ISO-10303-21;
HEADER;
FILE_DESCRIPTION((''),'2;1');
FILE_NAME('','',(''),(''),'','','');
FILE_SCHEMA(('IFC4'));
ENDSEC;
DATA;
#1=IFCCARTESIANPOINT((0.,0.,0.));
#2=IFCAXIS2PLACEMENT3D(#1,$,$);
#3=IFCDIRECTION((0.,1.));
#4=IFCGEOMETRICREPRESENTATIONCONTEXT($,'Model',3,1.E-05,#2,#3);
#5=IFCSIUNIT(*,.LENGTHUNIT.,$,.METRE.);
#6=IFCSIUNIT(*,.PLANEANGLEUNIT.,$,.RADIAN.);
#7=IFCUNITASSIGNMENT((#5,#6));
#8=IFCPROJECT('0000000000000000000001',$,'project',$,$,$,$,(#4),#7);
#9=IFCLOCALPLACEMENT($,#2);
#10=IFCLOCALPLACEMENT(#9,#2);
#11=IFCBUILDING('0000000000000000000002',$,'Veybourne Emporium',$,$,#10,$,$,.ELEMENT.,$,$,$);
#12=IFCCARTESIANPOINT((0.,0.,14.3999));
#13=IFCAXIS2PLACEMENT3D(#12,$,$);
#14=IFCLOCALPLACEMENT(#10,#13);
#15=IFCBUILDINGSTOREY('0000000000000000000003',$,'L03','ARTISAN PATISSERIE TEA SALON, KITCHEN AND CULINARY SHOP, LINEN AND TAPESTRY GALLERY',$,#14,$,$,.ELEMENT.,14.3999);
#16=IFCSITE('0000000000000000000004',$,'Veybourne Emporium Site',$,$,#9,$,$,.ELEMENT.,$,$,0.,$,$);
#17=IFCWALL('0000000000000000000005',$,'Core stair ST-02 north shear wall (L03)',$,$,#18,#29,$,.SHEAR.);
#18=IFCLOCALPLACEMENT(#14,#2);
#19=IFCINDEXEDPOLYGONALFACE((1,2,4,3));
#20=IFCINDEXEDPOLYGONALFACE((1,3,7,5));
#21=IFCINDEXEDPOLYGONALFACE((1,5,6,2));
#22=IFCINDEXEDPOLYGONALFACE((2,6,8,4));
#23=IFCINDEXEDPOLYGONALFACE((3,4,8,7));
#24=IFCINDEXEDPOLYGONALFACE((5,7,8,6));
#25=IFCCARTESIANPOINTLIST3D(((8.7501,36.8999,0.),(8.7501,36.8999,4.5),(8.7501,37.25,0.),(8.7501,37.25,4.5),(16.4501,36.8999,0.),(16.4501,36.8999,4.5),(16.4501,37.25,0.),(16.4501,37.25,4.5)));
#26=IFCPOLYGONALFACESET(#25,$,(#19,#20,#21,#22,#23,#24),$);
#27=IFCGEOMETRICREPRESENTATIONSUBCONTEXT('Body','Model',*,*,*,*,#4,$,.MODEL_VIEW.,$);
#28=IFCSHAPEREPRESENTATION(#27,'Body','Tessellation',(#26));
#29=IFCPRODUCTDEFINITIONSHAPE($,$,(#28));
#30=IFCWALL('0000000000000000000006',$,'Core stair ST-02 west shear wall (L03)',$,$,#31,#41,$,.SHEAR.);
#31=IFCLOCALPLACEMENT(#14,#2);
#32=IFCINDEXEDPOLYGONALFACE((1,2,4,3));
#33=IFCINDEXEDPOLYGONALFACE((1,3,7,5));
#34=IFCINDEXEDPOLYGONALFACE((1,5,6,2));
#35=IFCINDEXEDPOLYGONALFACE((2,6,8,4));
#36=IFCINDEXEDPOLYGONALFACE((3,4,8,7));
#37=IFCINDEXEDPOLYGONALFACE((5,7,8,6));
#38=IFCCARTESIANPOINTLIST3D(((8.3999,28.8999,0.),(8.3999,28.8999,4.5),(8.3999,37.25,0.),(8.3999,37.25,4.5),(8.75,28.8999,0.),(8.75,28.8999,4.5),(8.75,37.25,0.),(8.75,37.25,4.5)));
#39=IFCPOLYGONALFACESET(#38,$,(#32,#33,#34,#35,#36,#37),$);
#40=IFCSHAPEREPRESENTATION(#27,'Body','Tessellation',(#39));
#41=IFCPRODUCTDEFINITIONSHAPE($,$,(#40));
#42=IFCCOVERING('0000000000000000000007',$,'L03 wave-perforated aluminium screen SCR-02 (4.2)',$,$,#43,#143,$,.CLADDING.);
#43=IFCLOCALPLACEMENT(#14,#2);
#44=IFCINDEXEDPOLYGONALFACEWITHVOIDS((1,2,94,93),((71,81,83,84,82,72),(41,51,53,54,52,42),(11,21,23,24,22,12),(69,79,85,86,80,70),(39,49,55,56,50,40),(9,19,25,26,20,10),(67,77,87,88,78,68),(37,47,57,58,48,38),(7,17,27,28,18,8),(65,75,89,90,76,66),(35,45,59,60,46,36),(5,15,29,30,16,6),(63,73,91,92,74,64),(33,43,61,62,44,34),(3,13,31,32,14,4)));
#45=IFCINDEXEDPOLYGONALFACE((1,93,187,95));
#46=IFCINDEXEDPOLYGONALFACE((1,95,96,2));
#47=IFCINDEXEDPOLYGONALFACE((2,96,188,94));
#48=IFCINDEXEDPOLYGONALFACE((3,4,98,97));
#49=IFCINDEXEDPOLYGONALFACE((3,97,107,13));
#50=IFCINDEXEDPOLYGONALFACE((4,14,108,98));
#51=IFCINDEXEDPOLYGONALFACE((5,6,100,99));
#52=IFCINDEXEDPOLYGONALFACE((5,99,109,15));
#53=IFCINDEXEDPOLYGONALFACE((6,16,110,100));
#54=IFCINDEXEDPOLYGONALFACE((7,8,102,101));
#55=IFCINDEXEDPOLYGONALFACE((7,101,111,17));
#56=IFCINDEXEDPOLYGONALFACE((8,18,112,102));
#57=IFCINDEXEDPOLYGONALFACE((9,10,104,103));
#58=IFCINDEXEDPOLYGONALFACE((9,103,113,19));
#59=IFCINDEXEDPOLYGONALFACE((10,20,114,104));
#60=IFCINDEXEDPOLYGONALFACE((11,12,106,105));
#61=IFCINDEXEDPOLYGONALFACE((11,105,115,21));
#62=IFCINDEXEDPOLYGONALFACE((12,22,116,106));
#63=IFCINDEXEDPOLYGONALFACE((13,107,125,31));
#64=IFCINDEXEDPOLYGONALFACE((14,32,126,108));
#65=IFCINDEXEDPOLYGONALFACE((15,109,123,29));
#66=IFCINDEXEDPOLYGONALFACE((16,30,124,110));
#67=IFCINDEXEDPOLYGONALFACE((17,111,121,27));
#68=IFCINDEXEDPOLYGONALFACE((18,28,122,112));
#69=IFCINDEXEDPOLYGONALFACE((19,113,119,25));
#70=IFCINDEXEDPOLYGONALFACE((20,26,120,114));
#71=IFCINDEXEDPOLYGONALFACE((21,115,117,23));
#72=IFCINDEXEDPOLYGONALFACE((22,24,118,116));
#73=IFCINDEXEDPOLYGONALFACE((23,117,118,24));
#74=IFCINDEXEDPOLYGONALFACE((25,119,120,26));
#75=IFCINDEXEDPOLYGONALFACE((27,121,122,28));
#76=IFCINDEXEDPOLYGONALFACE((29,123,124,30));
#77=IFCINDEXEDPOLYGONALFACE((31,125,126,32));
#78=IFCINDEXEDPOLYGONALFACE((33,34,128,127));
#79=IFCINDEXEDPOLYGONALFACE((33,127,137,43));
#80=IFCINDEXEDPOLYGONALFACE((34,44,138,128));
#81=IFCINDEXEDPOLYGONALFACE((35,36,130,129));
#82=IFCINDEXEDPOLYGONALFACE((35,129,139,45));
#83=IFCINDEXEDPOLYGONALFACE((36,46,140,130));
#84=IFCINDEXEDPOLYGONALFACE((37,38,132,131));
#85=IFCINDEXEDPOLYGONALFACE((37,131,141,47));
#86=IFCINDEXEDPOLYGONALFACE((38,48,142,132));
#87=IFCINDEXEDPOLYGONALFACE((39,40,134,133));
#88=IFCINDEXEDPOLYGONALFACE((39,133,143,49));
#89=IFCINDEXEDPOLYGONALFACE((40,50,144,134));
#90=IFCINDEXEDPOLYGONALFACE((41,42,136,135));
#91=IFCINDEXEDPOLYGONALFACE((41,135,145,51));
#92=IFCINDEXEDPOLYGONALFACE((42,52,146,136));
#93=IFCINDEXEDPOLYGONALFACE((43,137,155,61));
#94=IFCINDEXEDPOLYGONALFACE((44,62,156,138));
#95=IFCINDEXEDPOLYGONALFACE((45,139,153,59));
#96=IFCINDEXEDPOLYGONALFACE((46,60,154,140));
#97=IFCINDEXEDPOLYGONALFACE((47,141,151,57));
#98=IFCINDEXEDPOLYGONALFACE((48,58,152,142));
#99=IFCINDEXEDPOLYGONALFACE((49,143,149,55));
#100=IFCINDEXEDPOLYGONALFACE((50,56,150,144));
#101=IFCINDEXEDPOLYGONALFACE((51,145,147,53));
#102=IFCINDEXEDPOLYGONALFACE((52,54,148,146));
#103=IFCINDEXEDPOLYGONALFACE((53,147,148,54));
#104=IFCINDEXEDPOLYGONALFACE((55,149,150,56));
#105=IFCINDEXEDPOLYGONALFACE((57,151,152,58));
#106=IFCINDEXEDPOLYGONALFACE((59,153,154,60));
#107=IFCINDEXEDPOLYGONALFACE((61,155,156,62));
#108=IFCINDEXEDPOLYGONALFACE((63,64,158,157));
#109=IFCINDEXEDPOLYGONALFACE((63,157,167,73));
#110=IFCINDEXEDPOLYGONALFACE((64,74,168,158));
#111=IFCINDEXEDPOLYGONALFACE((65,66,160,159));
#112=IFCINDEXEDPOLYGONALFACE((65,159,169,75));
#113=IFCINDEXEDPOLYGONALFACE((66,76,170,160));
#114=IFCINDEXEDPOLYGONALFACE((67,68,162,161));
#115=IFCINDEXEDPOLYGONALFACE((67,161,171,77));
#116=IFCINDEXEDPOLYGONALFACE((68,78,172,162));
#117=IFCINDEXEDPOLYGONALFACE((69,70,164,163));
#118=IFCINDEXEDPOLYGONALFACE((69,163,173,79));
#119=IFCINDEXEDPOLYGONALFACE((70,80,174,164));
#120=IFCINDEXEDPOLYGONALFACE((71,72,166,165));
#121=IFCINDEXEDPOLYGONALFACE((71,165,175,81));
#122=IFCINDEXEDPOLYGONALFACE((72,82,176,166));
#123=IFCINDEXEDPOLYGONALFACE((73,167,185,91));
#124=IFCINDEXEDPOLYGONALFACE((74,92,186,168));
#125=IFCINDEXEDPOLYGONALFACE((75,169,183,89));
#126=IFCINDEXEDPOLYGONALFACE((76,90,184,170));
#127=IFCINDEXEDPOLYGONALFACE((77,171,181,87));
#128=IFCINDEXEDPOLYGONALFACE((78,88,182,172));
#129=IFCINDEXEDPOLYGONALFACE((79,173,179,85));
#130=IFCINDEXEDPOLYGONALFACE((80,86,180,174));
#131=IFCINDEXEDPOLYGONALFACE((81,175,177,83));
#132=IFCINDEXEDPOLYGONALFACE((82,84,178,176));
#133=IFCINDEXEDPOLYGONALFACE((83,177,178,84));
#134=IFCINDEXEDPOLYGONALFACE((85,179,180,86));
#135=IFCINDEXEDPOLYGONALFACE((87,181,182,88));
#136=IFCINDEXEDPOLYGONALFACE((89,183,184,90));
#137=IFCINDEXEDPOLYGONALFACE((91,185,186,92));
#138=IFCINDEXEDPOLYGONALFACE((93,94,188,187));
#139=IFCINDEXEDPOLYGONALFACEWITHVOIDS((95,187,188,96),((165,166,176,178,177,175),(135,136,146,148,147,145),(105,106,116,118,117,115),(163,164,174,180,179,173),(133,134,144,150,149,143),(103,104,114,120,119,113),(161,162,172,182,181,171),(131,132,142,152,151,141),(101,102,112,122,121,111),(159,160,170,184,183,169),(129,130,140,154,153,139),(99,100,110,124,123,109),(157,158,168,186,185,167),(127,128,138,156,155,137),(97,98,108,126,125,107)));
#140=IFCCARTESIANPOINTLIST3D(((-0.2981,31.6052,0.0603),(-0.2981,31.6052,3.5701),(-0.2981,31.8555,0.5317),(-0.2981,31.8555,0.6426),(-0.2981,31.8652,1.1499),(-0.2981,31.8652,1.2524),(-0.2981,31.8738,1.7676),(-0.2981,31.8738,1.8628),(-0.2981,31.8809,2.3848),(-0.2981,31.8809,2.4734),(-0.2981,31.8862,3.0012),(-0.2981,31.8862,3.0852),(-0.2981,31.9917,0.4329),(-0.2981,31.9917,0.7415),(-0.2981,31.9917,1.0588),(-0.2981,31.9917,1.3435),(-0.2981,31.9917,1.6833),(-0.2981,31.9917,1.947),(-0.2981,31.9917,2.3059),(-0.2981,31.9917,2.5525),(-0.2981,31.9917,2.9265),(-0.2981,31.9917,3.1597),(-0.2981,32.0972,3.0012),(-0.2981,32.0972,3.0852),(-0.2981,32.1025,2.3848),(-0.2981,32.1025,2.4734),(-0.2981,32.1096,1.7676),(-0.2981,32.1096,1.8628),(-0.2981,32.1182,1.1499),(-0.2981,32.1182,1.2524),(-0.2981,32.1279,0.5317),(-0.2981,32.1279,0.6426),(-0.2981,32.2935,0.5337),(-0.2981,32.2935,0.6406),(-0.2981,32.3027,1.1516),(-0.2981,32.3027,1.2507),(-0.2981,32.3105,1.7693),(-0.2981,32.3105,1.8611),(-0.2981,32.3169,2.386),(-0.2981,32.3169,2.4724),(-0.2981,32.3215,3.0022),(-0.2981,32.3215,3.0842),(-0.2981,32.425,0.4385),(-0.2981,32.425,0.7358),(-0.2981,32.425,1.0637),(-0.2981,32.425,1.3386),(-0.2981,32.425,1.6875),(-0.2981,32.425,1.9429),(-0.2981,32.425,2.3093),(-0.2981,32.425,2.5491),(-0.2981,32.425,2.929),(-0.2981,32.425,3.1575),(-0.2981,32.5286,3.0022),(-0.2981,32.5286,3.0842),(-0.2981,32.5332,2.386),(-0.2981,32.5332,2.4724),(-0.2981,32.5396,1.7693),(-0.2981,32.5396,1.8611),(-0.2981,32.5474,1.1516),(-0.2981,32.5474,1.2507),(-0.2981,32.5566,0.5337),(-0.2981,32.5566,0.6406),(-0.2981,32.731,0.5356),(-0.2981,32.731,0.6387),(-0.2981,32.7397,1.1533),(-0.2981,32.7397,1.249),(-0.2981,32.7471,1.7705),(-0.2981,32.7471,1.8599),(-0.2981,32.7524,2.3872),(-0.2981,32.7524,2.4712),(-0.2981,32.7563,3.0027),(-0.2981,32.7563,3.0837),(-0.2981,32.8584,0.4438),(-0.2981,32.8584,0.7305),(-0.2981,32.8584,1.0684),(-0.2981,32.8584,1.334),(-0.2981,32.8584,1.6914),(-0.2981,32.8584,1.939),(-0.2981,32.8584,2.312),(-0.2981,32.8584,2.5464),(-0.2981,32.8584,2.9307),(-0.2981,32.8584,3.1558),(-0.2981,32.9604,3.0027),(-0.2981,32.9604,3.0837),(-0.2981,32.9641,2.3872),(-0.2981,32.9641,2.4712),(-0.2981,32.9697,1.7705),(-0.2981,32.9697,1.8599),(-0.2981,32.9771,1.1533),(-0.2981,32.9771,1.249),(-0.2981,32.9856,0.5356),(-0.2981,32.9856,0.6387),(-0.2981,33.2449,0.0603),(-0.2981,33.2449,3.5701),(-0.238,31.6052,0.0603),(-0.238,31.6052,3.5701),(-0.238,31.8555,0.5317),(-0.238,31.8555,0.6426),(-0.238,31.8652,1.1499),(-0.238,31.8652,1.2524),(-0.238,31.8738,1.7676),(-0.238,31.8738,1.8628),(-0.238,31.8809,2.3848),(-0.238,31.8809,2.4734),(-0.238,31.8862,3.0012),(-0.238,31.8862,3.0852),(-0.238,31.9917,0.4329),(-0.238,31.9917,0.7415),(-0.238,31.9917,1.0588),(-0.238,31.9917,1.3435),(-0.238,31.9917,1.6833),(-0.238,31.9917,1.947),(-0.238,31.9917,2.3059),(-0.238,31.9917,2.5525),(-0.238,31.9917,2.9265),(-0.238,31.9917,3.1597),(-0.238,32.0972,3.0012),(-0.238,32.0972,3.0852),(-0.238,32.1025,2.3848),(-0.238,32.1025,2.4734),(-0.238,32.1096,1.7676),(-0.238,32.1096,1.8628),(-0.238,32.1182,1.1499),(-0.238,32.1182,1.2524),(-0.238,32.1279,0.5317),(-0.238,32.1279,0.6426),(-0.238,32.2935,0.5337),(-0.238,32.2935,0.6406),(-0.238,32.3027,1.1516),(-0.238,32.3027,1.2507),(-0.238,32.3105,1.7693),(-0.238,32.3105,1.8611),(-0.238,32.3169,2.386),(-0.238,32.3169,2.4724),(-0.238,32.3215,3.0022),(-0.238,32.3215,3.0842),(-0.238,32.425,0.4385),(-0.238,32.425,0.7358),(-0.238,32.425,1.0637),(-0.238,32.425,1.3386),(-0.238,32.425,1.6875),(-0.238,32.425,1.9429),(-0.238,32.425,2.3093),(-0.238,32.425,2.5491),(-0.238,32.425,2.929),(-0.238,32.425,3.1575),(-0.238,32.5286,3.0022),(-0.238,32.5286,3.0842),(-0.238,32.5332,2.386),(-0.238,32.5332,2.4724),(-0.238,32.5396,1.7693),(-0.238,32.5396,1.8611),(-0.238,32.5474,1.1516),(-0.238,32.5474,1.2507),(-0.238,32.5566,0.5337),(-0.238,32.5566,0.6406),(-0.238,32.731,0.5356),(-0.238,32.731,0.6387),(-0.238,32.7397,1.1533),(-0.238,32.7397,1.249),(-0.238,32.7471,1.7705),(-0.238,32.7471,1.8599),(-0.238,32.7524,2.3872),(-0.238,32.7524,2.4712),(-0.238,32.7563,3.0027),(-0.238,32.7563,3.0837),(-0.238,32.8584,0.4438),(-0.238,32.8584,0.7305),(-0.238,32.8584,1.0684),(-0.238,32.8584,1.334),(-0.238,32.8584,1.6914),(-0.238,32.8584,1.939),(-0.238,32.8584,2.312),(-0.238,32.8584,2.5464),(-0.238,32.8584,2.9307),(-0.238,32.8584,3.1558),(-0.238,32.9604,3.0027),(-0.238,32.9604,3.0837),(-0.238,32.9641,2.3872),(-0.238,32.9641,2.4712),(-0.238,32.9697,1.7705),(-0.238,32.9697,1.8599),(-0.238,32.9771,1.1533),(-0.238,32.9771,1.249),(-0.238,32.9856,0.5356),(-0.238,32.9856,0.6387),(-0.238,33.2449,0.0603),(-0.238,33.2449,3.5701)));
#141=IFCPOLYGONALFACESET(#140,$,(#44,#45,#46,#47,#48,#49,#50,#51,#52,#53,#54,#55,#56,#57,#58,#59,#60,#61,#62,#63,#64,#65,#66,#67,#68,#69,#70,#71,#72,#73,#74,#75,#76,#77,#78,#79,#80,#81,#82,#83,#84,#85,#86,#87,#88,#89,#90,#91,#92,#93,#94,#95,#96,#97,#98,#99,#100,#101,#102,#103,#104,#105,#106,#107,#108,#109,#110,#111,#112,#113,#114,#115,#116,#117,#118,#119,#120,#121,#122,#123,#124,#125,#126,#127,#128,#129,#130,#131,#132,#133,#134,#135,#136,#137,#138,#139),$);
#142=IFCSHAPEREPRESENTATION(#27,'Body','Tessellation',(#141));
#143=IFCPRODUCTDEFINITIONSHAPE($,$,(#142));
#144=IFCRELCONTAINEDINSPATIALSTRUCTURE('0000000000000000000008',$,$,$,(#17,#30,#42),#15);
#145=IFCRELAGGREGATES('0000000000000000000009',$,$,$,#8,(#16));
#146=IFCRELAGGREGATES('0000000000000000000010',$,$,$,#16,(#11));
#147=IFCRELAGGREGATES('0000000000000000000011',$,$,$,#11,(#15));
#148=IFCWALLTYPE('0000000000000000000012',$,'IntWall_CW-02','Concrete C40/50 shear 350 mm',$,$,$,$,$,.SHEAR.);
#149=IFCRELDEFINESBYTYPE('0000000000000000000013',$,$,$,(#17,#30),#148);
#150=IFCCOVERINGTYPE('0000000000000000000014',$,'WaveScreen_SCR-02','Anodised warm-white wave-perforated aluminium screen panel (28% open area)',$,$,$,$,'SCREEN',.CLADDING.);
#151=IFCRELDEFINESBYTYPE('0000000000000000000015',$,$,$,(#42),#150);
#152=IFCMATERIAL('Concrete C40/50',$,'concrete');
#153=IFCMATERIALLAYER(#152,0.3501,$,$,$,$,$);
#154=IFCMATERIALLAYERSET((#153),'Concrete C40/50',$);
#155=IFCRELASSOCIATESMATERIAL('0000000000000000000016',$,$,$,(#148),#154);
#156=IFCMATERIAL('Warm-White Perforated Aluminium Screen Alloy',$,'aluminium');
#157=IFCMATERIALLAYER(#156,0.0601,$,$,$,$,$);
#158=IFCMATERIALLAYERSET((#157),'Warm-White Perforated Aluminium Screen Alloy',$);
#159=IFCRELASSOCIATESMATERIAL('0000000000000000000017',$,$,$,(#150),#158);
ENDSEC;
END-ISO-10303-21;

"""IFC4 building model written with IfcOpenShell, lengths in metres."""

from ifc_helpers import new_model, si_unit, direction, frame, frame_2d, origin, place, context, subcontext, project, spatial, polyline, rectangle, outline, extrude, material, layer, layer_set, type_object, element, save


model = new_model("IFC4")

# Units and contexts
model_context = context("Model", 3, precision=1e-05, world=origin(), true_north=direction((0.0, 1.0)))
body_context = subcontext(model_context, "Body", "Model", "MODEL_VIEW")
ifc_project = project(units=[si_unit("LENGTHUNIT", "METRE"), si_unit("PLANEANGLEUNIT", "RADIAN")], contexts=[model_context])

# Site, building, storey
site_placement = place(None, origin())
site = spatial("IfcSite", under=ifc_project, at=site_placement, Name="Veybourne Emporium Site", CompositionType="ELEMENT", RefElevation=0.0)
building_placement = place(site_placement, origin())
building = spatial("IfcBuilding", under=site, at=building_placement, Name="Veybourne Emporium", CompositionType="ELEMENT")
storey_placement = place(building_placement, frame((0.0, 0.0, 14.3999)))
storey = spatial("IfcBuildingStorey", under=building, at=storey_placement, Name="L03", Description="ARTISAN PATISSERIE TEA SALON, KITCHEN AND CULINARY SHOP, LINEN AND TAPESTRY GALLERY", CompositionType="ELEMENT", Elevation=14.3999)

# Shared definitions
ifc_material_1 = material(Name="Concrete C40/50", Category="concrete")

# Walls
ifc_layer_1 = layer(ifc_material_1, 0.3501)
ifc_layer_set_1 = layer_set([ifc_layer_1], Name="Concrete C40/50")
wall_type_1 = type_object("IfcWallType", Name="IntWall_CW-02", Description="Concrete C40/50 shear 350 mm", PredefinedType="SHEAR", material=ifc_layer_set_1)
wall_1_placement = place(storey_placement, frame((8.75, 37.075, 0.0), z_axis=(0.0, 0.0, 1.0), x_axis=(1.0, 0.0, 0.0)))
element("IfcWall", 1, at=wall_1_placement, inside=storey, type_object=wall_type_1, Name="Core stair ST-02 north shear wall (L03)", PredefinedType="SHEAR", context=body_context, shape_type="SweptSolid", body=[
    extrude(rectangle(XDim=7.7, YDim=0.3501, at=frame_2d((3.8501, 0.0))), origin(), (0.0, 0.0, 1.0), 4.5),
])
wall_2_placement = place(storey_placement, frame((8.575, 37.25, 0.0), z_axis=(0.0, 0.0, 1.0), x_axis=(0.0, -1.0, 0.0)))
element("IfcWall", 2, at=wall_2_placement, inside=storey, type_object=wall_type_1, Name="Core stair ST-02 west shear wall (L03)", PredefinedType="SHEAR", context=body_context, shape_type="SweptSolid", body=[
    extrude(rectangle(XDim=8.3501, YDim=0.3501, at=frame_2d((4.175, 0.0))), origin(), (0.0, 0.0, 1.0), 4.5),
])

# Covering
ifc_material_2 = material(Name="Warm-White Perforated Aluminium Screen Alloy", Category="aluminium")
ifc_layer_2 = layer(ifc_material_2, 0.0601)
ifc_layer_set_2 = layer_set([ifc_layer_2], Name="Warm-White Perforated Aluminium Screen Alloy")
covering_type_1 = type_object("IfcCoveringType", Name="WaveScreen_SCR-02", Description="Anodised warm-white wave-perforated aluminium screen panel (28% open area)", ElementType="SCREEN", PredefinedType="CLADDING", material=ifc_layer_set_2)
covering_1_placement = place(storey_placement, frame((-0.2981, 32.425, 1.8152), z_axis=(1.0, 0.0, 0.0), x_axis=(0.0, 1.0, 0.0)))
element("IfcCovering", 3, at=covering_1_placement, inside=storey, type_object=covering_type_1, Name="L03 wave-perforated aluminium screen SCR-02 (4.2)", PredefinedType="CLADDING", context=body_context, shape_type="SweptSolid", body=[
    extrude(outline(polyline([(-0.8198, -1.7549), (0.8198, -1.7549), (0.8198, 1.7549), (-0.8198, 1.7549), (-0.8198, -1.7549)]), holes=[polyline([(-0.4333, -1.0737), (-0.2971, -1.1726), (-0.2971, -1.2834), (-0.4333, -1.3823), (-0.5696, -1.2834), (-0.5696, -1.1726), (-0.4333, -1.0737)]), polyline([(-0.4333, -0.4717), (-0.3069, -0.5627), (-0.3069, -0.6653), (-0.4333, -0.7563), (-0.5598, -0.6653), (-0.5598, -0.5627), (-0.4333, -0.4717)]), polyline([(-0.4333, 0.1318), (-0.3154, 0.0476), (-0.3154, -0.0476), (-0.4333, -0.1318), (-0.5513, -0.0476), (-0.5513, 0.0476), (-0.4333, 0.1318)]), polyline([(-0.4333, 0.7373), (-0.3225, 0.6582), (-0.3225, 0.5696), (-0.4333, 0.4907), (-0.5442, 0.5696), (-0.5442, 0.6582), (-0.4333, 0.7373)]), polyline([(-0.4333, 1.3445), (-0.3279, 1.27), (-0.3279, 1.186), (-0.4333, 1.1113), (-0.5388, 1.186), (-0.5388, 1.27), (-0.4333, 1.3445)]), polyline([(0.0, -1.0793), (0.1316, -1.1746), (0.1316, -1.2815), (0.0, -1.3767), (-0.1316, -1.2815), (-0.1316, -1.1746), (0.0, -1.0793)]), polyline([(0.0, -0.4766), (0.1223, -0.5645), (0.1223, -0.6636), (0.0, -0.7515), (-0.1223, -0.6636), (-0.1223, -0.5645), (0.0, -0.4766)]), polyline([(0.0, 0.1277), (0.1145, 0.0459), (0.1145, -0.0459), (0.0, -0.1277), (-0.1145, -0.0459), (-0.1145, 0.0459), (0.0, 0.1277)]), polyline([(0.0, 0.7339), (0.1082, 0.6572), (0.1082, 0.5708), (0.0, 0.4941), (-0.1082, 0.5708), (-0.1082, 0.6572), (0.0, 0.7339)]), polyline([(0.0, 1.3423), (0.1035, 1.269), (0.1035, 1.187), (0.0, 1.1138), (-0.1035, 1.187), (-0.1035, 1.269), (0.0, 1.3423)]), polyline([(0.4333, -1.0847), (0.5605, -1.1765), (0.5605, -1.2795), (0.4333, -1.3713), (0.3059, -1.2795), (0.3059, -1.1765), (0.4333, -1.0847)]), polyline([(0.4333, -0.4812), (0.552, -0.5662), (0.552, -0.6619), (0.4333, -0.7468), (0.3147, -0.6619), (0.3147, -0.5662), (0.4333, -0.4812)]), polyline([(0.4333, 0.1238), (0.5447, 0.0447), (0.5447, -0.0447), (0.4333, -0.1238), (0.322, -0.0447), (0.322, 0.0447), (0.4333, 0.1238)]), polyline([(0.4333, 0.7312), (0.5391, 0.656), (0.5391, 0.572), (0.4333, 0.4968), (0.3274, 0.572), (0.3274, 0.656), (0.4333, 0.7312)]), polyline([(0.4333, 1.3406), (0.5354, 1.2686), (0.5354, 1.1875), (0.4333, 1.1155), (0.3313, 1.1875), (0.3313, 1.2686), (0.4333, 1.3406)])]), origin(), (0.0, 0.0, 1.0), 0.0601),
])

save(model, "model.ifc")
